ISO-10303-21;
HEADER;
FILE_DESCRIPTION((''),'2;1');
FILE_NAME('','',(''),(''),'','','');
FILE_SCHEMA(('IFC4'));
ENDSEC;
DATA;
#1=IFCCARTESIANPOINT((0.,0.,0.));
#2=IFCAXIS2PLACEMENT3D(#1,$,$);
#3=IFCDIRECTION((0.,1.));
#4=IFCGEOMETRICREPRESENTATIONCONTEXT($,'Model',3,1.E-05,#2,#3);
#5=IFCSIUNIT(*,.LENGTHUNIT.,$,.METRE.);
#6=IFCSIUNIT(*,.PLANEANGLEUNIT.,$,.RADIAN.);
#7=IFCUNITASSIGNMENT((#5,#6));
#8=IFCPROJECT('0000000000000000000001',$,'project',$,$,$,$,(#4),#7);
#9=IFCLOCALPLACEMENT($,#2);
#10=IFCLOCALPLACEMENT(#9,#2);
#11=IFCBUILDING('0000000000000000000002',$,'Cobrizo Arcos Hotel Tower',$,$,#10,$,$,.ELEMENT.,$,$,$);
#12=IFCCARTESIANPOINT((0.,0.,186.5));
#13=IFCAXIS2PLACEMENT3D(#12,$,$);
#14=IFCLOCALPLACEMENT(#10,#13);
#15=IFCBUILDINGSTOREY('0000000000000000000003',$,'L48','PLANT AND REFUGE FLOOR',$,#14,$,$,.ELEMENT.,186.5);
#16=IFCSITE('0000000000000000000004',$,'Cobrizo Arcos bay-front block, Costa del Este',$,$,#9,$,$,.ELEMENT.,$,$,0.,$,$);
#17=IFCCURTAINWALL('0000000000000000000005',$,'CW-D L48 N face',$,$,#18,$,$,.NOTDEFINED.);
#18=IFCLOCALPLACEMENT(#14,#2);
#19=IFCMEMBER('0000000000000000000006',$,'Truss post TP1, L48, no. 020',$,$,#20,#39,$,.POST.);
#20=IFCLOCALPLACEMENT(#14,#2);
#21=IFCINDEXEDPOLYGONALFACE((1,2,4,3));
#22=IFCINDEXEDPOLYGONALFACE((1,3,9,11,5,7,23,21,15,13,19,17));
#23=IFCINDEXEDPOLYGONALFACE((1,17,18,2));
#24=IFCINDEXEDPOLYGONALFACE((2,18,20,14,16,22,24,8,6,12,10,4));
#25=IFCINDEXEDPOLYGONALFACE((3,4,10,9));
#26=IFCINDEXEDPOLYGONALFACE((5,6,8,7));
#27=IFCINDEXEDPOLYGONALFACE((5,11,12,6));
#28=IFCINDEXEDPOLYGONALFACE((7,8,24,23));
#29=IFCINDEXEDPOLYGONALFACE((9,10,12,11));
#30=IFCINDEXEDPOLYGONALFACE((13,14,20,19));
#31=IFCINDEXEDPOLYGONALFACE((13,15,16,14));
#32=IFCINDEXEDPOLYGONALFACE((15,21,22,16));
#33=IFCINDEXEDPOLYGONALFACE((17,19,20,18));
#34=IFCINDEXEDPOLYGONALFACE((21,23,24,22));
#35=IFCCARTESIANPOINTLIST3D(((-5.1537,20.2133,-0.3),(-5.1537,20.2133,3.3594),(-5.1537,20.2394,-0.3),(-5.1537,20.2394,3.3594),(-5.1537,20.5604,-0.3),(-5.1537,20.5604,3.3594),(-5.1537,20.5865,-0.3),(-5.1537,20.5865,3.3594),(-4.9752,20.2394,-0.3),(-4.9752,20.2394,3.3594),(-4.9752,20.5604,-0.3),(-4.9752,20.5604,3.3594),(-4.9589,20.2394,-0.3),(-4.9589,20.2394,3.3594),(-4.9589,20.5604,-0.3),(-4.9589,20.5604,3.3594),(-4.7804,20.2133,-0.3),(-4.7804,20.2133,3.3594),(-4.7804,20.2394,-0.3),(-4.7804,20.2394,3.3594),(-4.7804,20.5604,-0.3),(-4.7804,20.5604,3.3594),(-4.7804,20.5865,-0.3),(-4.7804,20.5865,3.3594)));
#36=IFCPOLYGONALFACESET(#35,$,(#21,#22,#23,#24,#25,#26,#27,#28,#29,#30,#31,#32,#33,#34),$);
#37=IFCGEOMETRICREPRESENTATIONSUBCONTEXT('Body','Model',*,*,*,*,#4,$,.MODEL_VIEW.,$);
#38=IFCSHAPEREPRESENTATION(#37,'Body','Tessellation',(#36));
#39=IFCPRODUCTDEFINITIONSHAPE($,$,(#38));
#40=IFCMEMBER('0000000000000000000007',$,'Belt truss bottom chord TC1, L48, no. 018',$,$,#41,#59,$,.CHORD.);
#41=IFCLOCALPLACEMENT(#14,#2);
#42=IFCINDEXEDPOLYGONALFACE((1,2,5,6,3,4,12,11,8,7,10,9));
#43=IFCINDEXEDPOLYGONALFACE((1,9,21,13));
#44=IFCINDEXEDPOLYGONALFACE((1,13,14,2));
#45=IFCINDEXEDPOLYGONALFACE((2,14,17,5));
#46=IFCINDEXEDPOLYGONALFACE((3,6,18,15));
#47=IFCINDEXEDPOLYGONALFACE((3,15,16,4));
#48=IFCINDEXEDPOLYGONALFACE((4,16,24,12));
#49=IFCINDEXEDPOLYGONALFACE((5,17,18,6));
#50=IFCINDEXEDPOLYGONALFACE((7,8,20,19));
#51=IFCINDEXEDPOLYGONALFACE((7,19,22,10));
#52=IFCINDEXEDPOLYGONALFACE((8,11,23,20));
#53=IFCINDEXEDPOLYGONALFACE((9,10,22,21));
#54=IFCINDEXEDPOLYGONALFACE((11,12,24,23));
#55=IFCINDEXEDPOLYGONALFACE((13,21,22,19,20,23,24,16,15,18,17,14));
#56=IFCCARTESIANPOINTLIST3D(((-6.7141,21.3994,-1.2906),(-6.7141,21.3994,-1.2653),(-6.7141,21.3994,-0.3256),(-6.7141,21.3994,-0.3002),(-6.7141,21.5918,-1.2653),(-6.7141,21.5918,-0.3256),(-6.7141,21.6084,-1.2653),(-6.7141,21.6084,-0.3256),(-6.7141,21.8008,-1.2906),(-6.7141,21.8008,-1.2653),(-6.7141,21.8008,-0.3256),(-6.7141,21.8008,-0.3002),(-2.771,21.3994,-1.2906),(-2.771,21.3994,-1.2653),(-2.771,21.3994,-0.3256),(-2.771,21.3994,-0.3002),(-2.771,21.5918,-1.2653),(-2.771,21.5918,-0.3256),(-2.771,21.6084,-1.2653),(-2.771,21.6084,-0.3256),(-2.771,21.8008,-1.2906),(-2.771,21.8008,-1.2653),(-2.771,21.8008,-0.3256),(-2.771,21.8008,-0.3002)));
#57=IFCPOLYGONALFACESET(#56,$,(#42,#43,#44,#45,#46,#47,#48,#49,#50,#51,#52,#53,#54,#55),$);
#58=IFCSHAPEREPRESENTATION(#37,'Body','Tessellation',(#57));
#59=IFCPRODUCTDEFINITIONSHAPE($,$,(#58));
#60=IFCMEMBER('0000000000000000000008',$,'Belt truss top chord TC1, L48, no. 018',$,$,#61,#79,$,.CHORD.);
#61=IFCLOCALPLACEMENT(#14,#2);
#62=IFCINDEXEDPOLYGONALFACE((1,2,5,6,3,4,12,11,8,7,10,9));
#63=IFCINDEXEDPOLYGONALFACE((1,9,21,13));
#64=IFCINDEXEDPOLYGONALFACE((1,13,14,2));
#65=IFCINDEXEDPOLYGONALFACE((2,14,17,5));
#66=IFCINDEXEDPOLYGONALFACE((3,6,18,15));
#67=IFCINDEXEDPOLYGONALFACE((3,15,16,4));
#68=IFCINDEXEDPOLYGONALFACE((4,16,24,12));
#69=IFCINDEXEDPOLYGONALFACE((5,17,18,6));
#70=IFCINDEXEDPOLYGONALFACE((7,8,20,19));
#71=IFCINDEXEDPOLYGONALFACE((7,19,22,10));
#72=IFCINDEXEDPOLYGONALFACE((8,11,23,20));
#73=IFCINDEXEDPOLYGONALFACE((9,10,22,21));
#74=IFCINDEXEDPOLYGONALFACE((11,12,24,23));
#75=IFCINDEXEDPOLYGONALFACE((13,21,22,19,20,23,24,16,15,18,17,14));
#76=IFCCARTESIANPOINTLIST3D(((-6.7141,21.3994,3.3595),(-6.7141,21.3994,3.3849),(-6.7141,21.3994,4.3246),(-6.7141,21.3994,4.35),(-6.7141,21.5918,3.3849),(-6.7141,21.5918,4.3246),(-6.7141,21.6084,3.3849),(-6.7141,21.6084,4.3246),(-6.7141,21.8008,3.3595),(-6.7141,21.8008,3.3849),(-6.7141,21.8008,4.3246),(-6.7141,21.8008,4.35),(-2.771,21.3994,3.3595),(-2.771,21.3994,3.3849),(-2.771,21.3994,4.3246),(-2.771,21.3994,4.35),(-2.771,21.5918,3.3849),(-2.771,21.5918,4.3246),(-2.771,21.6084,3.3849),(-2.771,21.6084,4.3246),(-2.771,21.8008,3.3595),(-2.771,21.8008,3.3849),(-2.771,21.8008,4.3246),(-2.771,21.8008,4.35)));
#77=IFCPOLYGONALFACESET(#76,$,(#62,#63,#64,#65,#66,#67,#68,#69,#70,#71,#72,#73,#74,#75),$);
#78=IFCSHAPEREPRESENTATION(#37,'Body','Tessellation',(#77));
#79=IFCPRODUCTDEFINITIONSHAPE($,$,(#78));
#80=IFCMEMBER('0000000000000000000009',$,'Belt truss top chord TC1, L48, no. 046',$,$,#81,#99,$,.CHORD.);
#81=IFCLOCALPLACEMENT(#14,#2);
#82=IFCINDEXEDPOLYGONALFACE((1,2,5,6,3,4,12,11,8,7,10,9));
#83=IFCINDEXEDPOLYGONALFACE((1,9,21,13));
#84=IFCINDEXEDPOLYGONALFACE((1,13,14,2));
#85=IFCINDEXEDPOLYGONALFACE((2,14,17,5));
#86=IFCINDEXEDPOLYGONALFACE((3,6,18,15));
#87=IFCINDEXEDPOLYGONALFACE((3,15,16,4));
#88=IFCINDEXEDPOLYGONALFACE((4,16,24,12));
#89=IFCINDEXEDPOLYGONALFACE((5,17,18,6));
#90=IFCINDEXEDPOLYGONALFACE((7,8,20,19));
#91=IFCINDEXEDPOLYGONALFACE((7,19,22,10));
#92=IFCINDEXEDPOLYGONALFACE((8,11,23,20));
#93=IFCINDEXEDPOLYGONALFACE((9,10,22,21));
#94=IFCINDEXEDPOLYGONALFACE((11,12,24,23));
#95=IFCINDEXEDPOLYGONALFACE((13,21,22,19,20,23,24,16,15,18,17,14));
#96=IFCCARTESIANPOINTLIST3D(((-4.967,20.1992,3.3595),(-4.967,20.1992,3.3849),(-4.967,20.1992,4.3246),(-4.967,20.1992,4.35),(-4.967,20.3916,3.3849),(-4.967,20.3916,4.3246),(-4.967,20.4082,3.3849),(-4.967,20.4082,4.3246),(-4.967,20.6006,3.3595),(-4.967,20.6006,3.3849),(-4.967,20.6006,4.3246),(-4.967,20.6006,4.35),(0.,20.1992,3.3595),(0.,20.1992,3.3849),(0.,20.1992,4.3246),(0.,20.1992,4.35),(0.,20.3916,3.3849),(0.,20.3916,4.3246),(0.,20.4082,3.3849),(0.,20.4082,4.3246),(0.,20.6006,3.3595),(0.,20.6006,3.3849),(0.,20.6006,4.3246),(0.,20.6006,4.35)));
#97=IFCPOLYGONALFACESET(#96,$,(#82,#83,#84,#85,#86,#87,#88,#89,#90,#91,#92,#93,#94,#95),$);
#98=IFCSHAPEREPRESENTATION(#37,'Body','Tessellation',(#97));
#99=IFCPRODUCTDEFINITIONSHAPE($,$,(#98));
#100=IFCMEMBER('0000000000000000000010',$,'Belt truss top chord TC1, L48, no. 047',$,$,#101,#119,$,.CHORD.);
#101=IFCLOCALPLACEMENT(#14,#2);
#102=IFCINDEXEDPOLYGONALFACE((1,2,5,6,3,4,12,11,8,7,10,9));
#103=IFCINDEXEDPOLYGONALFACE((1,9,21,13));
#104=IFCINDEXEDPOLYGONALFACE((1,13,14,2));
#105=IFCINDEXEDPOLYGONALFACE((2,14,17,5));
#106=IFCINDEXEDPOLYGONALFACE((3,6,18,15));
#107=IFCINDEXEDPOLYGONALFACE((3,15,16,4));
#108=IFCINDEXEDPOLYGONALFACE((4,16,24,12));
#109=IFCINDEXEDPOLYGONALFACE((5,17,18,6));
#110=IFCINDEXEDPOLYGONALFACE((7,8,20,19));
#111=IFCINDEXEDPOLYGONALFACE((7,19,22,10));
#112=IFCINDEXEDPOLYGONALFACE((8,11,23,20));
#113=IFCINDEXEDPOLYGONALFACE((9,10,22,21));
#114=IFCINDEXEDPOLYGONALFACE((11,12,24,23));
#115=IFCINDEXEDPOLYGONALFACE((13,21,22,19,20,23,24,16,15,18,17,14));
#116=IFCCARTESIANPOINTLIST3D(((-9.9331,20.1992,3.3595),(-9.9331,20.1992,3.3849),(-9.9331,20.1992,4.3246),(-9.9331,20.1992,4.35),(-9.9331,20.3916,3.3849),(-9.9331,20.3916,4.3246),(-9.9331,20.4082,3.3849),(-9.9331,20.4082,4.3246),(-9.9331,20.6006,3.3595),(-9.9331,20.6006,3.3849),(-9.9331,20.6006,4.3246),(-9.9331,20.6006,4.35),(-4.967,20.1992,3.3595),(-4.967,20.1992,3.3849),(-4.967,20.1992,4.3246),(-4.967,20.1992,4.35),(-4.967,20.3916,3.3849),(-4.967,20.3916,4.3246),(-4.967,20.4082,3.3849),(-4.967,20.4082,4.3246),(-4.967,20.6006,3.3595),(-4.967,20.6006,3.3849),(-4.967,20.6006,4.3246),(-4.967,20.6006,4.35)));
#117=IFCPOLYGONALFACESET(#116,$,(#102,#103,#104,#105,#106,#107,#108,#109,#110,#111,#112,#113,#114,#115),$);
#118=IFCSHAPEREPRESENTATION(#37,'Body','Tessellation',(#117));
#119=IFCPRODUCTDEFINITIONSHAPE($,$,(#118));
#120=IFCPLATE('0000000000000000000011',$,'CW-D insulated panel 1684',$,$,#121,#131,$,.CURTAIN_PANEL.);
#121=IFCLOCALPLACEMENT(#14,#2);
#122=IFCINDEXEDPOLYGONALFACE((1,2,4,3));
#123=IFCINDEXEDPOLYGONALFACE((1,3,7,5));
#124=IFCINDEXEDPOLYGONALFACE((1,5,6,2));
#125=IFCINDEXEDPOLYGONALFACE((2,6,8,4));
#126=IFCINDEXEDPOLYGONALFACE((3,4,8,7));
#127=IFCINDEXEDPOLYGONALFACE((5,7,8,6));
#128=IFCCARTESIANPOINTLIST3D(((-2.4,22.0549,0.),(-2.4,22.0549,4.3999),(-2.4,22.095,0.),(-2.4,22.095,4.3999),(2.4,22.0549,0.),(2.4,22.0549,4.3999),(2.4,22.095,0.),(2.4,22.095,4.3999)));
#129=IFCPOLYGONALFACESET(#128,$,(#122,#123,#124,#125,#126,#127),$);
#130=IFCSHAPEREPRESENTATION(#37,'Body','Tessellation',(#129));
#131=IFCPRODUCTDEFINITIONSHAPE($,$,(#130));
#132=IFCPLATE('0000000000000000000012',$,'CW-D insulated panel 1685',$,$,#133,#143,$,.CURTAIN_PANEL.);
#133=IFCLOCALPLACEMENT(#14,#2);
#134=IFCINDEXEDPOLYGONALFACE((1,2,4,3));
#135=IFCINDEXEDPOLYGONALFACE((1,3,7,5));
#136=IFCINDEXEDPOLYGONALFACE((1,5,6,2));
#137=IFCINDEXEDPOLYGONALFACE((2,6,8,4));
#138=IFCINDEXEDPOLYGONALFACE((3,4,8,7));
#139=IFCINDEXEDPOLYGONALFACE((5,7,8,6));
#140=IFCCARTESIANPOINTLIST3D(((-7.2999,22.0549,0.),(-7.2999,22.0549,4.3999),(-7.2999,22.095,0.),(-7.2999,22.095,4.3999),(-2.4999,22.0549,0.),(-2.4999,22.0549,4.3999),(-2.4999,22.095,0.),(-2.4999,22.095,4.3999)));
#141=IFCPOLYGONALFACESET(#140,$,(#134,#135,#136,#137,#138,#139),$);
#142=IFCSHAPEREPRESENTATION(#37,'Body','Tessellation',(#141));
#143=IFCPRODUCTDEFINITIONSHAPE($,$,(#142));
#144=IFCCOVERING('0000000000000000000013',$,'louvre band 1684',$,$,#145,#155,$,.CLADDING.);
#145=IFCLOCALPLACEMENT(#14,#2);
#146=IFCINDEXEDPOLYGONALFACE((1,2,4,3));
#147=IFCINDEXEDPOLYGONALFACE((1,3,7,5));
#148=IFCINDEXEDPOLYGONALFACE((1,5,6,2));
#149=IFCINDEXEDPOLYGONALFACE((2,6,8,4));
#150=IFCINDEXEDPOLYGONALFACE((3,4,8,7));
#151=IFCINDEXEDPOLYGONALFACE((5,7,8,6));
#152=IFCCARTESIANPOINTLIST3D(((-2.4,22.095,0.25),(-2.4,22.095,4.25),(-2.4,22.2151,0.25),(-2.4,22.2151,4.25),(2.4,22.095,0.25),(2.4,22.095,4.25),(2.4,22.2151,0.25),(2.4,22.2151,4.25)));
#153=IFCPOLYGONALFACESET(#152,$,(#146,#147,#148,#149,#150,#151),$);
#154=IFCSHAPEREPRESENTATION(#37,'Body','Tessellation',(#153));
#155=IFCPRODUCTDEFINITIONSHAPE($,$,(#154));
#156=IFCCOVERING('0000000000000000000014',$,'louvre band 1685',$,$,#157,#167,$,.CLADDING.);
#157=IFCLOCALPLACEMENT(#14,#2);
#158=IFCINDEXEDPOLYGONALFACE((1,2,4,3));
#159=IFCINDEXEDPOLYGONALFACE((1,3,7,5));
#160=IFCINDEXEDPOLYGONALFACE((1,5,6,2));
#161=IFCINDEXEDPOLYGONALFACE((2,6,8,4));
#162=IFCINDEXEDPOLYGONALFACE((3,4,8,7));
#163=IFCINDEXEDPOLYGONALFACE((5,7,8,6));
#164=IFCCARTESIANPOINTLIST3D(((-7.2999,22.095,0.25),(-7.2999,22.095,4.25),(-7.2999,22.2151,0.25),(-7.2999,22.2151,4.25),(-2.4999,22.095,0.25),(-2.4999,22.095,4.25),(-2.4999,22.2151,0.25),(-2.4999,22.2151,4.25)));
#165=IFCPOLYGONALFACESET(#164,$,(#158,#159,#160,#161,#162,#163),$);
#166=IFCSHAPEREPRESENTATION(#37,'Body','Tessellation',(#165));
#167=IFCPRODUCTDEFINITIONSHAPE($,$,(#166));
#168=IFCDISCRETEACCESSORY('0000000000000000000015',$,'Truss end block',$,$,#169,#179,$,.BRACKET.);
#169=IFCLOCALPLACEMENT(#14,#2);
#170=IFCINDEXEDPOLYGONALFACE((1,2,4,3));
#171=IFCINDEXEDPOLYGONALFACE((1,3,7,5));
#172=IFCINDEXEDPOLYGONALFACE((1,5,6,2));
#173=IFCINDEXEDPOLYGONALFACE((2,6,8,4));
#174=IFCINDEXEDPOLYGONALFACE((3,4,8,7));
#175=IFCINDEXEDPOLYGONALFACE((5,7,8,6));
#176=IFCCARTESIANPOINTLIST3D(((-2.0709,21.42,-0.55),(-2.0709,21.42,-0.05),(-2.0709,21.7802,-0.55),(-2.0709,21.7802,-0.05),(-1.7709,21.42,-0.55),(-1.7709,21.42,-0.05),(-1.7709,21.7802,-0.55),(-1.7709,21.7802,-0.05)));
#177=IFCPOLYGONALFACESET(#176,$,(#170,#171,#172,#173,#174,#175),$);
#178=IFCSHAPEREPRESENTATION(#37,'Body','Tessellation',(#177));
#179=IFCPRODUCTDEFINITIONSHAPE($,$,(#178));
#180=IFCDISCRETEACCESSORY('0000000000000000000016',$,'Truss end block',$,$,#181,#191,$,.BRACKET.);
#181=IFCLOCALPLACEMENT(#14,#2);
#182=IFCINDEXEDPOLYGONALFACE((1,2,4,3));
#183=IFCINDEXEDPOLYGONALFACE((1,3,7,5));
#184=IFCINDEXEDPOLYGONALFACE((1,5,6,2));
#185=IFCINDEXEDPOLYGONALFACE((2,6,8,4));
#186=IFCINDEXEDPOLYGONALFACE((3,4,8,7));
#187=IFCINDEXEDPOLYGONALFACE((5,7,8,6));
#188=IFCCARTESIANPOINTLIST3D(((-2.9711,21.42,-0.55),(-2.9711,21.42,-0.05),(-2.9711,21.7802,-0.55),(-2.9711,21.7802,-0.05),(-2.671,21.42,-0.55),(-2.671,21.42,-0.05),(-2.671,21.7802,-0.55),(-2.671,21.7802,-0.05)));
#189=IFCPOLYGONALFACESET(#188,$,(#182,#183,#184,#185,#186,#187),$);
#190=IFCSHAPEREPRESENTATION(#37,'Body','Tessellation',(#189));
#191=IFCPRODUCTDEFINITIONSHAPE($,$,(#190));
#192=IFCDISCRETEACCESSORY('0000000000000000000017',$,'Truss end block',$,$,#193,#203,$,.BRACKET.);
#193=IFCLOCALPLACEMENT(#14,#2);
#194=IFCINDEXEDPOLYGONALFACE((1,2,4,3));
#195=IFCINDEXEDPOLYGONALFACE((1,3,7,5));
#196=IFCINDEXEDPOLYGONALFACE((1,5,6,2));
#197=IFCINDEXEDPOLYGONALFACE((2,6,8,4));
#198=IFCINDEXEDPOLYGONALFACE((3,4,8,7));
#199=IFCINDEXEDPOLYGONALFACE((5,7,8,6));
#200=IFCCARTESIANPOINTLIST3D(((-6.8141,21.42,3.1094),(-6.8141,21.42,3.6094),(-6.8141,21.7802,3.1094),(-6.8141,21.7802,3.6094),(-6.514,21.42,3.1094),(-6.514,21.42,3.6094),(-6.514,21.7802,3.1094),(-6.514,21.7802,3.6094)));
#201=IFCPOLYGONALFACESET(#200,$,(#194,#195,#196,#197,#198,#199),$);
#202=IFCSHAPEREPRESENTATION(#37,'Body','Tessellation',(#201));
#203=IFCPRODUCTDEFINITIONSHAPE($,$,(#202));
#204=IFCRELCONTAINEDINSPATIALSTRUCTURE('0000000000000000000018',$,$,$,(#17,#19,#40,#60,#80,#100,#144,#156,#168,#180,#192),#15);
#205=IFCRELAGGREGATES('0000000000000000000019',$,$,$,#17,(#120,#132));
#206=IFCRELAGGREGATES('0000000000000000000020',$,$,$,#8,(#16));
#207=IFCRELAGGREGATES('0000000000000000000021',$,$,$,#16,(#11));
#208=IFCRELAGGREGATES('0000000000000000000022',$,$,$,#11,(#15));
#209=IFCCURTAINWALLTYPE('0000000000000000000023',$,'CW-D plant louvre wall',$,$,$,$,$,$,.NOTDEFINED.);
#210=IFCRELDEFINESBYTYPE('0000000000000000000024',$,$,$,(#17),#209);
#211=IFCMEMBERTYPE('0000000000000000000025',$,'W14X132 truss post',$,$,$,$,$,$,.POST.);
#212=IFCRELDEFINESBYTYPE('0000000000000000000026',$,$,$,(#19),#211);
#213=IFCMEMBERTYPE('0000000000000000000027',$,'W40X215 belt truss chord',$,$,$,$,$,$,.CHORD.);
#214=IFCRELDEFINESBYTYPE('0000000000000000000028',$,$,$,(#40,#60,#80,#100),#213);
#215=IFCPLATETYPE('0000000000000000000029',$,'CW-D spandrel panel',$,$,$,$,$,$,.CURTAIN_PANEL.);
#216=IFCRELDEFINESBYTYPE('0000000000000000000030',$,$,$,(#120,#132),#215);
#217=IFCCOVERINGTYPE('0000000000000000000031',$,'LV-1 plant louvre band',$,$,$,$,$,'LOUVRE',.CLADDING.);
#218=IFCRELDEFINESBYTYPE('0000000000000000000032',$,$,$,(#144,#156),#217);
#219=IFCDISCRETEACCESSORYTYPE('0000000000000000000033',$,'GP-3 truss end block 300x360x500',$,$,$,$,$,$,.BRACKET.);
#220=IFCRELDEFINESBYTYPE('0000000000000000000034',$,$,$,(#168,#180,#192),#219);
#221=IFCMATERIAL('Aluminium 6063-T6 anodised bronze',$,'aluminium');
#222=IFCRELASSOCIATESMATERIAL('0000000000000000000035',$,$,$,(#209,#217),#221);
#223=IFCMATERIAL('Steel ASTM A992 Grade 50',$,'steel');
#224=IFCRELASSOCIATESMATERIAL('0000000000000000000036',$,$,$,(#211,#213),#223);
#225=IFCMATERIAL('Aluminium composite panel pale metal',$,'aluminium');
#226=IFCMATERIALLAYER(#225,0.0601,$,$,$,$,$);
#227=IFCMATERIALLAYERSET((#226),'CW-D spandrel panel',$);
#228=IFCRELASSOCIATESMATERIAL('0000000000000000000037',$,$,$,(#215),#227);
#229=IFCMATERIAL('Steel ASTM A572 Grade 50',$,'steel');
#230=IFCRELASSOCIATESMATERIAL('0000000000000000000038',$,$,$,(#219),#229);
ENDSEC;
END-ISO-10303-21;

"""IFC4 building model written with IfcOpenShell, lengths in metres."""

from ifc_helpers import new_model, si_unit, direction, frame, origin, origin_2d, place, context, subcontext, project, spatial, rectangle, i_section, extrude, material, layer, layer_set, material_profile, profile_set, type_object, element, aggregate, save


model = new_model("IFC4")

# Units and contexts
model_context = context("Model", 3, precision=1e-05, world=origin(), true_north=direction((0.0, 1.0)))
body_context = subcontext(model_context, "Body", "Model", "MODEL_VIEW")
ifc_project = project(units=[si_unit("LENGTHUNIT", "METRE"), si_unit("PLANEANGLEUNIT", "RADIAN")], contexts=[model_context])

# Site, building, storey
site_placement = place(None, origin())
site = spatial("IfcSite", under=ifc_project, at=site_placement, Name="Cobrizo Arcos bay-front block, Costa del Este", CompositionType="ELEMENT", RefElevation=0.0)
building_placement = place(site_placement, origin())
building = spatial("IfcBuilding", under=site, at=building_placement, Name="Cobrizo Arcos Hotel Tower", CompositionType="ELEMENT")
storey_placement = place(building_placement, frame((0.0, 0.0, 186.5)))
storey = spatial("IfcBuildingStorey", under=building, at=storey_placement, Name="L48", Description="PLANT AND REFUGE FLOOR", CompositionType="ELEMENT", Elevation=186.5)

# Shared definitions
ifc_material_1 = material(Name="Steel ASTM A572 Grade 50", Category="steel")

# Curtain wall
ifc_material_2 = material(Name="Aluminium 6063-T6 anodised bronze", Category="aluminium")
curtain_wall_type = type_object("IfcCurtainWallType", Name="CW-D plant louvre wall", PredefinedType="NOTDEFINED", material=ifc_material_2)
curtain_wall_placement = place(storey_placement, origin())
curtain_wall = element("IfcCurtainWall", 1, at=curtain_wall_placement, inside=storey, type_object=curtain_wall_type, Name="CW-D L48 N face", PredefinedType="NOTDEFINED")

# Members
ifc_material_3 = material(Name="Steel ASTM A992 Grade 50", Category="steel")
ifc_material_profile_1 = material_profile(ifc_material_3, i_section(OverallWidth=0.3733, OverallDepth=0.3733, WebThickness=0.0164, FlangeThickness=0.0261, at=origin_2d()), Name="W14X132")
ifc_profile_set_1 = profile_set([ifc_material_profile_1], Name="Steel ASTM A992 Grade 50")
member_type_1 = type_object("IfcMemberType", Name="W14X132 truss post", PredefinedType="POST", material=ifc_profile_set_1)
for number, where, z_axis, x_axis, name in (
    (2, (-4.967, 20.3999, -0.3), (0.0, 0.0, 1.0), (1.0, 0.0, 0.0), "Truss post TP1, L48, no. 020"),
):
    element("IfcMember", number, at=place(storey_placement, frame(where, z_axis=z_axis, x_axis=x_axis)), inside=storey, type_object=member_type_1, Name=name, PredefinedType="POST", context=body_context, shape_type="SweptSolid", body=[
        extrude(i_section(OverallWidth=0.3733, OverallDepth=0.3733, WebThickness=0.0164, FlangeThickness=0.0261, at=origin_2d()), origin(), (0.0, 0.0, 1.0), 3.6594),
    ])
ifc_material_profile_2 = material_profile(ifc_material_3, i_section(OverallWidth=0.4014, OverallDepth=0.9905, WebThickness=0.0166, FlangeThickness=0.0254, at=origin_2d()), Name="W40X215")
ifc_profile_set_2 = profile_set([ifc_material_profile_2], Name="Steel ASTM A992 Grade 50")
member_type_2 = type_object("IfcMemberType", Name="W40X215 belt truss chord", PredefinedType="CHORD", material=ifc_profile_set_2)
for number, where, z_axis, x_axis, name in (
    (3, (-2.771, 21.6001, -0.7954), (-1.0, 0.0, 0.0), (0.0, -1.0, 0.0), "Belt truss bottom chord TC1, L48, no. 018"),
    (4, (-2.771, 21.6001, 3.8547), (-1.0, 0.0, 0.0), (0.0, -1.0, 0.0), "Belt truss top chord TC1, L48, no. 018"),
):
    element("IfcMember", number, at=place(storey_placement, frame(where, z_axis=z_axis, x_axis=x_axis)), inside=storey, type_object=member_type_2, Name=name, PredefinedType="CHORD", context=body_context, shape_type="SweptSolid", body=[
        extrude(i_section(OverallWidth=0.4014, OverallDepth=0.9905, WebThickness=0.0166, FlangeThickness=0.0254, at=origin_2d()), origin(), (0.0, 0.0, 1.0), 3.9431),
    ])
member_1_placement = place(storey_placement, frame((0.0, 20.3999, 3.8547), z_axis=(-1.0, 0.0, 0.0), x_axis=(0.0, -1.0, 0.0)))
element("IfcMember", 5, at=member_1_placement, inside=storey, type_object=member_type_2, Name="Belt truss top chord TC1, L48, no. 046", PredefinedType="CHORD", context=body_context, shape_type="SweptSolid", body=[
    extrude(i_section(OverallWidth=0.4014, OverallDepth=0.9905, WebThickness=0.0166, FlangeThickness=0.0254, at=origin_2d()), origin(), (0.0, 0.0, 1.0), 4.967),
])
member_2_placement = place(storey_placement, frame((-4.967, 20.3999, 3.8547), z_axis=(-1.0, 0.0, 0.0), x_axis=(0.0, -1.0, 0.0)))
element("IfcMember", 6, at=member_2_placement, inside=storey, type_object=member_type_2, Name="Belt truss top chord TC1, L48, no. 047", PredefinedType="CHORD", context=body_context, shape_type="SweptSolid", body=[
    extrude(i_section(OverallWidth=0.4014, OverallDepth=0.9905, WebThickness=0.0166, FlangeThickness=0.0254, at=origin_2d()), origin(), (0.0, 0.0, 1.0), 4.9661),
])

# Plates
ifc_material_4 = material(Name="Aluminium composite panel pale metal", Category="aluminium")
ifc_layer = layer(ifc_material_4, 0.0601)
ifc_layer_set = layer_set([ifc_layer], Name="CW-D spandrel panel")
plate_type = type_object("IfcPlateType", Name="CW-D spandrel panel", PredefinedType="CURTAIN_PANEL", material=ifc_layer_set)
plate_1_placement = place(storey_placement, frame((0.0, 22.075, 0.0), z_axis=(0.0, 0.0, 1.0), x_axis=(-1.0, 0.0, 0.0)))
plate_1 = element("IfcPlate", 7, at=plate_1_placement, type_object=plate_type, Name="CW-D insulated panel 1684", PredefinedType="CURTAIN_PANEL", context=body_context, shape_type="SweptSolid", body=[
    extrude(rectangle(XDim=4.8, YDim=0.04, at=origin_2d()), origin(), (0.0, 0.0, 1.0), 4.3999),
])
plate_2_placement = place(storey_placement, frame((-4.8999, 22.075, 0.0), z_axis=(0.0, 0.0, 1.0), x_axis=(-1.0, 0.0, 0.0)))
plate_2 = element("IfcPlate", 8, at=plate_2_placement, type_object=plate_type, Name="CW-D insulated panel 1685", PredefinedType="CURTAIN_PANEL", context=body_context, shape_type="SweptSolid", body=[
    extrude(rectangle(XDim=4.8, YDim=0.04, at=origin_2d()), origin(), (0.0, 0.0, 1.0), 4.3999),
])
aggregate(curtain_wall, [plate_1, plate_2])

# Coverings
covering_type = type_object("IfcCoveringType", Name="LV-1 plant louvre band", ElementType="LOUVRE", PredefinedType="CLADDING", material=ifc_material_2)
for number, where, z_axis, x_axis, name in (
    (9, (0.0, 22.155, 0.25), (0.0, 0.0, 1.0), (-1.0, 0.0, 0.0), "louvre band 1684"),
    (10, (-4.8999, 22.155, 0.25), (0.0, 0.0, 1.0), (-1.0, 0.0, 0.0), "louvre band 1685"),
):
    element("IfcCovering", number, at=place(storey_placement, frame(where, z_axis=z_axis, x_axis=x_axis)), inside=storey, type_object=covering_type, Name=name, PredefinedType="CLADDING", context=body_context, shape_type="SweptSolid", body=[
        extrude(rectangle(XDim=4.8, YDim=0.1201, at=origin_2d()), origin(), (0.0, 0.0, 1.0), 4.0),
    ])

# Discrete accessories
discrete_accessory_type_1 = type_object("IfcDiscreteAccessoryType", Name="GP-3 truss end block 300x360x500", PredefinedType="BRACKET", material=ifc_material_1)
for number, where, z_axis, x_axis, name in (
    (11, (-1.9209, 21.6001, -0.55), (0.0, 0.0, 1.0), (1.0, 0.0, 0.0), "Truss end block"),
    (12, (-2.821, 21.6001, -0.55), (0.0, 0.0, 1.0), (-1.0, 0.0, 0.0), "Truss end block"),
    (13, (-6.6641, 21.6001, 3.1094), (0.0, 0.0, 1.0), (1.0, 0.0, 0.0), "Truss end block"),
):
    element("IfcDiscreteAccessory", number, at=place(storey_placement, frame(where, z_axis=z_axis, x_axis=x_axis)), inside=storey, type_object=discrete_accessory_type_1, Name=name, PredefinedType="BRACKET", context=body_context, shape_type="SweptSolid", body=[
        extrude(rectangle(XDim=0.3, YDim=0.3601, at=origin_2d()), origin(), (0.0, 0.0, 1.0), 0.5),
    ])

save(model, "model.ifc")
